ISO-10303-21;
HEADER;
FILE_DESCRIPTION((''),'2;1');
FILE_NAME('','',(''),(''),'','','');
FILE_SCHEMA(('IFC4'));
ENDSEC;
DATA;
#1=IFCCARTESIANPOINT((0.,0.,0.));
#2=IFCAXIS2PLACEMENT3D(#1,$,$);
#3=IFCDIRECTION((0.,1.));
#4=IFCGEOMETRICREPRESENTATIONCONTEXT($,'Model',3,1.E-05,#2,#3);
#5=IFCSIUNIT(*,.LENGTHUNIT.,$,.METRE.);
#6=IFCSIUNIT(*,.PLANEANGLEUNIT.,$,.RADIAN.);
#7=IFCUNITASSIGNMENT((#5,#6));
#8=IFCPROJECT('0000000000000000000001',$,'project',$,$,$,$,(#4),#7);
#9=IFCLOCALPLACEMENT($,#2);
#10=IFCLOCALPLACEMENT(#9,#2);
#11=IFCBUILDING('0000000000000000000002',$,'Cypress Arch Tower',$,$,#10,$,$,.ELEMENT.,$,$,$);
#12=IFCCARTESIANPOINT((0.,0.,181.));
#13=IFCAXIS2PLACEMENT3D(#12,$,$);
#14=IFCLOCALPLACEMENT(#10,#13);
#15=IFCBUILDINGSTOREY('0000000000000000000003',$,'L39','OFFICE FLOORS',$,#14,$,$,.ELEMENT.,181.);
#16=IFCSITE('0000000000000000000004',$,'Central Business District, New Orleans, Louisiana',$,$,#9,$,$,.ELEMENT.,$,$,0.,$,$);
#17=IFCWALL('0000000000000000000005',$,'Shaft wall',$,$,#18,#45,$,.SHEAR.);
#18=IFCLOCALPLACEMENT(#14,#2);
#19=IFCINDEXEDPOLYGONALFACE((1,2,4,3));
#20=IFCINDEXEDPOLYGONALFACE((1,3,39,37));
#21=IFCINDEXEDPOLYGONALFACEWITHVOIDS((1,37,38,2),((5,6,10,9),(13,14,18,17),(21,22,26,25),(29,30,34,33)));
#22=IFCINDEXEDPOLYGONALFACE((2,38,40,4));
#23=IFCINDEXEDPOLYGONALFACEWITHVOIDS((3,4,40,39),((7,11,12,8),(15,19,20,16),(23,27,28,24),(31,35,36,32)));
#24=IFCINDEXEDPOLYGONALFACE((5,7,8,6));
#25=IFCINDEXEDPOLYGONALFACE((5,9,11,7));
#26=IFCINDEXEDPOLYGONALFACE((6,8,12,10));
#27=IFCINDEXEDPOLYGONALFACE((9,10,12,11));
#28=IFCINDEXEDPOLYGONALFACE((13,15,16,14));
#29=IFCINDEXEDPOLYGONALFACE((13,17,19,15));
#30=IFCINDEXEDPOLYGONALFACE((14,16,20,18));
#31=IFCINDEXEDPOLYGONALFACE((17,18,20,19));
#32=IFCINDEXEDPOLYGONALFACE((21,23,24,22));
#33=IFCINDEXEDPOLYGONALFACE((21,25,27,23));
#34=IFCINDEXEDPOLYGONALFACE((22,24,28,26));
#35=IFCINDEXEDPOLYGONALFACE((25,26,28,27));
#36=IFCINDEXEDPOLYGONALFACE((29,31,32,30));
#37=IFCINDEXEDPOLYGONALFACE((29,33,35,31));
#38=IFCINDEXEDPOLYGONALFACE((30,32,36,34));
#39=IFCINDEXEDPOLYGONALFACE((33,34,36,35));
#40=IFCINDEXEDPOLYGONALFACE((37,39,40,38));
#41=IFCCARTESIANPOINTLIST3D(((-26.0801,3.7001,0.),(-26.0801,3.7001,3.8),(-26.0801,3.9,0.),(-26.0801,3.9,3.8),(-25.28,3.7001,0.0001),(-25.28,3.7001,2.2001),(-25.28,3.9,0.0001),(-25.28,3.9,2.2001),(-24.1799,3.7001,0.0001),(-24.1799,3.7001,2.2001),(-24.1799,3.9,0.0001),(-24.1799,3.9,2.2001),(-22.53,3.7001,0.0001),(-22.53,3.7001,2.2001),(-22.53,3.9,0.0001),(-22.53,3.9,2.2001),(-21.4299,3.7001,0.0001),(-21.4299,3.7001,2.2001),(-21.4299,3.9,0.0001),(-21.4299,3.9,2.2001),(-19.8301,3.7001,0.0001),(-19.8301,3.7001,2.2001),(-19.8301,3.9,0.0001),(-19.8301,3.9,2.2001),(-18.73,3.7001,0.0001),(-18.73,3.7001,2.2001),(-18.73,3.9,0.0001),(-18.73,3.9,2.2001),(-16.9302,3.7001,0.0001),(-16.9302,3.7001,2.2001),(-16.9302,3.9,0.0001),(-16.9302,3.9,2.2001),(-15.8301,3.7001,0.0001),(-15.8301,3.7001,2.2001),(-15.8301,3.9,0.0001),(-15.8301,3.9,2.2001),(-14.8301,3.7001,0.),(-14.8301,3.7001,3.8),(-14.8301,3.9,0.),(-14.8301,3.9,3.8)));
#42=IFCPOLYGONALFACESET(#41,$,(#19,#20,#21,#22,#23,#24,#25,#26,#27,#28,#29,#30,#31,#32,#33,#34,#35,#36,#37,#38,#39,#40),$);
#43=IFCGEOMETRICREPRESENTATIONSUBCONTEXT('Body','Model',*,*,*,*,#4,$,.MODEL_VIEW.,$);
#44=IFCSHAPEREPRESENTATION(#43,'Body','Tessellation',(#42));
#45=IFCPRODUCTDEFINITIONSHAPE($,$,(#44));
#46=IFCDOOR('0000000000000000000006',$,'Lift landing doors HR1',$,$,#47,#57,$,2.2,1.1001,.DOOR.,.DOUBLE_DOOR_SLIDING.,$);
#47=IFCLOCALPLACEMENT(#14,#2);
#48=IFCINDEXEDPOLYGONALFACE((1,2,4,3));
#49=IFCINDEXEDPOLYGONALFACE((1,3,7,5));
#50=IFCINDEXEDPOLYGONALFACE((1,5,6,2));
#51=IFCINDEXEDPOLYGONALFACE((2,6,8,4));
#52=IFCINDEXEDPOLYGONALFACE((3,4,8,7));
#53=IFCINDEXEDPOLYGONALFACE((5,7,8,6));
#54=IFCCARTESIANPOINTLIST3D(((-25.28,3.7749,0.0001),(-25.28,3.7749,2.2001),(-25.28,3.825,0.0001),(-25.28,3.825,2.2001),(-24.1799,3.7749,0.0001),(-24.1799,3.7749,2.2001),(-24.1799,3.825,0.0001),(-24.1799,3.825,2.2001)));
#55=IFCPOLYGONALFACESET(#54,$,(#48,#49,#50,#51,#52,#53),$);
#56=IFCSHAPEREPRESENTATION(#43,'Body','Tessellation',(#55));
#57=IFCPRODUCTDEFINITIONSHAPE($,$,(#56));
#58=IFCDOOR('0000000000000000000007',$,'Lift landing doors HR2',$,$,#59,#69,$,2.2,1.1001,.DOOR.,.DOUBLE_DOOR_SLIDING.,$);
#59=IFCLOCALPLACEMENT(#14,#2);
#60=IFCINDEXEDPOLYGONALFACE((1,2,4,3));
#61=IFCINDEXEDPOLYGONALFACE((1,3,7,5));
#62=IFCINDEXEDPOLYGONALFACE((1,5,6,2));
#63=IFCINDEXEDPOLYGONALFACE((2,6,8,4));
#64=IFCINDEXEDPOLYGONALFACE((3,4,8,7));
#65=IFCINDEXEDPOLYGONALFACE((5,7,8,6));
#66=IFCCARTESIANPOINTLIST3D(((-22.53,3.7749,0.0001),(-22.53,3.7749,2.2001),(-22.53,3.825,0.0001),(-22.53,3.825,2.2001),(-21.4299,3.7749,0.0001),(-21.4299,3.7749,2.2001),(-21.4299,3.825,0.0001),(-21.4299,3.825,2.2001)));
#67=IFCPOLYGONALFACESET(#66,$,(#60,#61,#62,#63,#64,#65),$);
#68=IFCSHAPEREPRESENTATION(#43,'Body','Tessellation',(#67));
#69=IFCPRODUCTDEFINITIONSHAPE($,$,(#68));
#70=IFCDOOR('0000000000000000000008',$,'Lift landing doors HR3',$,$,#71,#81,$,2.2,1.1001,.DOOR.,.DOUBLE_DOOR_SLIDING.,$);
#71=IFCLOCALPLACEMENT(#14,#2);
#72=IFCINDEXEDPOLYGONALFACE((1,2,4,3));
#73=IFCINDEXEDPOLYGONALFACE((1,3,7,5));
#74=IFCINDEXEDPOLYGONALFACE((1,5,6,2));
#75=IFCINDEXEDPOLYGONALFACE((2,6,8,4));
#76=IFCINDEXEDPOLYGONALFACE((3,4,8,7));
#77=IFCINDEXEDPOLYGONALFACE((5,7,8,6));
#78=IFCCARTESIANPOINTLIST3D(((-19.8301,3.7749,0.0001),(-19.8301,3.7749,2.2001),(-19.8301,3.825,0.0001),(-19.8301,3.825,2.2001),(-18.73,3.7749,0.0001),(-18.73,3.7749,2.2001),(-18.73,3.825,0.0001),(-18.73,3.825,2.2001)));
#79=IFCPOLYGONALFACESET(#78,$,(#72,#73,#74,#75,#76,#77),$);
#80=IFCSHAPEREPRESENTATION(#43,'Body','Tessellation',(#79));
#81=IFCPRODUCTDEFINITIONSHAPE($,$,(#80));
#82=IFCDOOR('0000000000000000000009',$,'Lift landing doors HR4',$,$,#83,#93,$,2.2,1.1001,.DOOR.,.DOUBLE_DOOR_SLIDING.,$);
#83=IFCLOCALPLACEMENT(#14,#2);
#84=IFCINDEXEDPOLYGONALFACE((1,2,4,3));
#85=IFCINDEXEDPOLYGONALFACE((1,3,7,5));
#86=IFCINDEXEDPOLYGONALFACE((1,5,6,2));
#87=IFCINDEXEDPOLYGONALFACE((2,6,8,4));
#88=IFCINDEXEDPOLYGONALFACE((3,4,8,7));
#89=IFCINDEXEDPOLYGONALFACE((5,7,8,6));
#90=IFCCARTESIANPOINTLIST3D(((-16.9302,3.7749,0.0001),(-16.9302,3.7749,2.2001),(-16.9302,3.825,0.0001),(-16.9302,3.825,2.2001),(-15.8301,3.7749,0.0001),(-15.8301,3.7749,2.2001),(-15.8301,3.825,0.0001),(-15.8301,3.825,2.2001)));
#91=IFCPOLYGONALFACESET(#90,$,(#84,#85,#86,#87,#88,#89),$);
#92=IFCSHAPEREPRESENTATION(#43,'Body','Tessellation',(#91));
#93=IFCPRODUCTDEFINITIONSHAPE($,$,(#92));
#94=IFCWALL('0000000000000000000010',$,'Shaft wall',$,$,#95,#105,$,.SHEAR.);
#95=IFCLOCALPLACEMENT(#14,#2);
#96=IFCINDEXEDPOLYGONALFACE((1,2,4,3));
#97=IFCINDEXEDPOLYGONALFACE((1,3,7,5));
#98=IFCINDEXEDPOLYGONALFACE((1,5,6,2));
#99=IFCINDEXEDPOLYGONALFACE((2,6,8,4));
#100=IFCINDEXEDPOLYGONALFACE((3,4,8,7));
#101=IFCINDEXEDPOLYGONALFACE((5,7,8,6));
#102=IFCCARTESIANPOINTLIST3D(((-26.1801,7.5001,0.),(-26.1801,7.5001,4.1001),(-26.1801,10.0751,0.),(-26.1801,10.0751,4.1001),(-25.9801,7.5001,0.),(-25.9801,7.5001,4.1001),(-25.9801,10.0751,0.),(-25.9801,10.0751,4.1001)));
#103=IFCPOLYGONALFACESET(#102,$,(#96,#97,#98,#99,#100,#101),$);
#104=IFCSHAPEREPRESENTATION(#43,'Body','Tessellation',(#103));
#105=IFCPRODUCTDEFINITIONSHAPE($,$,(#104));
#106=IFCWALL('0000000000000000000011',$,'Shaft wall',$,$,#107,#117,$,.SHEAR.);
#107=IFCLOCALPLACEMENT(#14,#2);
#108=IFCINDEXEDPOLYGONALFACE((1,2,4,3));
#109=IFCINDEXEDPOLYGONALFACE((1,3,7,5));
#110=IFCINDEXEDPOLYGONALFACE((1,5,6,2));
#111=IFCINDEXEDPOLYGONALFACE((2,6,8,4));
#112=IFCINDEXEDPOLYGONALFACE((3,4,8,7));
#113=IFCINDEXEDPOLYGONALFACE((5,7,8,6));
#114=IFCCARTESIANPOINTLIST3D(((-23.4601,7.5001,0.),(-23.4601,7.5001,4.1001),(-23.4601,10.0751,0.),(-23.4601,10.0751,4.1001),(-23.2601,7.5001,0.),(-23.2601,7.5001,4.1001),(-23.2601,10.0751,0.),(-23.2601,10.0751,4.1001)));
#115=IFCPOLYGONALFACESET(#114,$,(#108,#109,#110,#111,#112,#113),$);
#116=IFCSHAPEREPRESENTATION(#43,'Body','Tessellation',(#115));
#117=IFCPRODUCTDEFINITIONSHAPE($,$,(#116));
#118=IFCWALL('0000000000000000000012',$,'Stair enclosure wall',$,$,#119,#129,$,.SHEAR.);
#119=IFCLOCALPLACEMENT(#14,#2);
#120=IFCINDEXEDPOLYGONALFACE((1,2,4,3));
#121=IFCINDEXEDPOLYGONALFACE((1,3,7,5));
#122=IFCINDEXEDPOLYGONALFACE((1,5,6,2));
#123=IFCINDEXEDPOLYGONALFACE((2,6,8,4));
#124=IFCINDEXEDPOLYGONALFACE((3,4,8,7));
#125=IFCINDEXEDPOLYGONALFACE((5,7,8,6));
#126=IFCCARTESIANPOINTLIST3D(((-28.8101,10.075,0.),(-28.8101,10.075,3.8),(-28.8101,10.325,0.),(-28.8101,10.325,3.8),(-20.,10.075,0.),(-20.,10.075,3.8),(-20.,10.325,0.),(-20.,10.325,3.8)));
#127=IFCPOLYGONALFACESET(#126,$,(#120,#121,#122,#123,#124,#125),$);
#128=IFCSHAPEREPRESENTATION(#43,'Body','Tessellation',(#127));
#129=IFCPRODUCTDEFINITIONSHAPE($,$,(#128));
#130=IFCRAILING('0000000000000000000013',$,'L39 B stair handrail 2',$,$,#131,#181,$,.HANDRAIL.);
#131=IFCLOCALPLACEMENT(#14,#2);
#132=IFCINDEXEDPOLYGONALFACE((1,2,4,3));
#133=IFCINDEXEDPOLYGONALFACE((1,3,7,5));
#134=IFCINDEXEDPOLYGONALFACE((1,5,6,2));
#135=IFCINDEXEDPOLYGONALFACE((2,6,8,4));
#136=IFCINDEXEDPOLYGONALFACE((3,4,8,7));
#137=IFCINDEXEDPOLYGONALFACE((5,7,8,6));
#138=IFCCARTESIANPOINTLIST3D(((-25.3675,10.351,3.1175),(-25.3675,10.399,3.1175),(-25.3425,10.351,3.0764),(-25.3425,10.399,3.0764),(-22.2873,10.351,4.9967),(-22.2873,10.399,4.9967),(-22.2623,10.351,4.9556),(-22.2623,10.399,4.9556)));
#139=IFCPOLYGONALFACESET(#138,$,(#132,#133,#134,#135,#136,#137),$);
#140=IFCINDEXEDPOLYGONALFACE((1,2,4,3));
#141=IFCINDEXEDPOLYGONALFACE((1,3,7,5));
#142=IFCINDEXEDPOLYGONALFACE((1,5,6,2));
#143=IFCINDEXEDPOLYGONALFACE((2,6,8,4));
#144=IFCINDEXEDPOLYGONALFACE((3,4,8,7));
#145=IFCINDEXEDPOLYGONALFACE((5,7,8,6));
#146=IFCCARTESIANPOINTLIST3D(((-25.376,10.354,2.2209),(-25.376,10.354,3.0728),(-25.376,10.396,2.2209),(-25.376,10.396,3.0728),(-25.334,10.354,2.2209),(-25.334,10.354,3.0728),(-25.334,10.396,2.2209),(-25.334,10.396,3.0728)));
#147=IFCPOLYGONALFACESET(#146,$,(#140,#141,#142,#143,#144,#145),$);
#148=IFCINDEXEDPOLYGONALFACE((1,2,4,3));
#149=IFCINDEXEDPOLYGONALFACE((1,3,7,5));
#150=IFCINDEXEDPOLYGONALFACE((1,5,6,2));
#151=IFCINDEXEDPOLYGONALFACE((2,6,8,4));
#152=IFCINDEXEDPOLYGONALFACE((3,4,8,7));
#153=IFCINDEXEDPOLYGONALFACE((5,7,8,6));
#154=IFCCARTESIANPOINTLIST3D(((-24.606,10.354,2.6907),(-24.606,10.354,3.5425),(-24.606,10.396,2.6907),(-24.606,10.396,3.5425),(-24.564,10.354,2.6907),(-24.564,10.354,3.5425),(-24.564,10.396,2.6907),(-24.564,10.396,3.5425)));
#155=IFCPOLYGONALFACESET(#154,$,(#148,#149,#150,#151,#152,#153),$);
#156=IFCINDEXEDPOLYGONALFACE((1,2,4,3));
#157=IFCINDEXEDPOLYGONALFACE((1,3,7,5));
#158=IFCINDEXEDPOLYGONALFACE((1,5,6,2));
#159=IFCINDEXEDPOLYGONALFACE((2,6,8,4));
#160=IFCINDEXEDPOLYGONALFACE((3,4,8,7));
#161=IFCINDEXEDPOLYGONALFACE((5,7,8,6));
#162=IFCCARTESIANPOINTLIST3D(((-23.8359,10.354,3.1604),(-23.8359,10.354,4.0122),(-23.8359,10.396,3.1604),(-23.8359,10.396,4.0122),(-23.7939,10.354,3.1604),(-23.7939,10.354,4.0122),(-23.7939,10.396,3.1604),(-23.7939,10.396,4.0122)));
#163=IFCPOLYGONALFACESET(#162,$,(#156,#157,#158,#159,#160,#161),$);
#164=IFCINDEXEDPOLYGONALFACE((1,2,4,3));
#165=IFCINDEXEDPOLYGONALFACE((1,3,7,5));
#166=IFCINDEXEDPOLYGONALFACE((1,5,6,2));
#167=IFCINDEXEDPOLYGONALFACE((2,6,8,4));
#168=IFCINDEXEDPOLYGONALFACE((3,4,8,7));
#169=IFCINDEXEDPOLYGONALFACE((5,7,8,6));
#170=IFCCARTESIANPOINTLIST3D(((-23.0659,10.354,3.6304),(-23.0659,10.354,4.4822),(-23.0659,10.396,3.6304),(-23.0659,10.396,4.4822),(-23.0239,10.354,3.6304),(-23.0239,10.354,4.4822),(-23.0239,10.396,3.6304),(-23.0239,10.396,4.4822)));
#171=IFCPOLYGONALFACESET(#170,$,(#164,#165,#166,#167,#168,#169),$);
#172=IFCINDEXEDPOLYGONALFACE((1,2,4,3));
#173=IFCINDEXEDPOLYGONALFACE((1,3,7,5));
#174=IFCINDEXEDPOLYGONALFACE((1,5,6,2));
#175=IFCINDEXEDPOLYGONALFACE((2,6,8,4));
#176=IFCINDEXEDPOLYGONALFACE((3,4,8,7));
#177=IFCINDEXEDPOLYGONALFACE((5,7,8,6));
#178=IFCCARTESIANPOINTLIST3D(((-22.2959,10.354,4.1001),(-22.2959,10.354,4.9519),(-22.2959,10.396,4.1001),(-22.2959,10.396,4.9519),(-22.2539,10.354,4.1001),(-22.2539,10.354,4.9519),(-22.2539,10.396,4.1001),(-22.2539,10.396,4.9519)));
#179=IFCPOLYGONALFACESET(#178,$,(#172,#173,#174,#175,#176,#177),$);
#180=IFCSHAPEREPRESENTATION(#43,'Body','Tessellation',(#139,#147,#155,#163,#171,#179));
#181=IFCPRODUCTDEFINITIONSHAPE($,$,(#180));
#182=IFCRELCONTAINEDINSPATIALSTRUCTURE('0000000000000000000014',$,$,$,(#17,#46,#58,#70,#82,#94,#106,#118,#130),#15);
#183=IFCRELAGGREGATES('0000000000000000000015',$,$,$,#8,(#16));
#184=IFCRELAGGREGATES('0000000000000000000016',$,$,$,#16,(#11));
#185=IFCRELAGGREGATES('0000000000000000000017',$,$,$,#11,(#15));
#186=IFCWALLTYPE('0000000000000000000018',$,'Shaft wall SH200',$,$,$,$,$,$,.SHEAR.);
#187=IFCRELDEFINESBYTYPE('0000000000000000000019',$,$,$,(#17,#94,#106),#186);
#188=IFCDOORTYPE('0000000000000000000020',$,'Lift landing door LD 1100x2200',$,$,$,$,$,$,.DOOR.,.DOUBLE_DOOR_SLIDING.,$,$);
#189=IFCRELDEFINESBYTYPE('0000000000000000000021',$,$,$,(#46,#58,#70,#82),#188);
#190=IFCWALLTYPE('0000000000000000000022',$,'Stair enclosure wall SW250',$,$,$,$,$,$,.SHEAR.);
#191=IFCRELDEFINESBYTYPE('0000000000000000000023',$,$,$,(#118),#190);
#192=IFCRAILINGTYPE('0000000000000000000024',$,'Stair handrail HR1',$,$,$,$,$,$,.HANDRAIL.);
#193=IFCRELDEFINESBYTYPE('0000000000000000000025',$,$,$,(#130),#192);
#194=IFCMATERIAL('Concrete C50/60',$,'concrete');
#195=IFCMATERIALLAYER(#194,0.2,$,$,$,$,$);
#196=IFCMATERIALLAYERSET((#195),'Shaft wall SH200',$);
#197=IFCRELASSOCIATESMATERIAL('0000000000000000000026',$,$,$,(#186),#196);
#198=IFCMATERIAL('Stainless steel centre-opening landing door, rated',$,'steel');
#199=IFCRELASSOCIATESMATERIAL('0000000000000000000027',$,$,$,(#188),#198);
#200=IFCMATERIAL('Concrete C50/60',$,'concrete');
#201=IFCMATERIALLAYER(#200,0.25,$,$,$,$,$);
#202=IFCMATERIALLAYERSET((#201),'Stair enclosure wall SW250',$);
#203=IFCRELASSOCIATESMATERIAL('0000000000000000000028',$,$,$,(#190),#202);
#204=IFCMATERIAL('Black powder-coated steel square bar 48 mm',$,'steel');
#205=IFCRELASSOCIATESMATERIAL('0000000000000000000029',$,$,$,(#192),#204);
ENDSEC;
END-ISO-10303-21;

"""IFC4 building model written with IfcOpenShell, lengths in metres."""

from ifc_helpers import new_model, si_unit, direction, frame, frame_2d, origin, origin_2d, place, context, subcontext, project, spatial, rectangle, extrude, material, layer, layer_set, type_object, element, fill, save


model = new_model("IFC4")

# Units and contexts
model_context = context("Model", 3, precision=1e-05, world=origin(), true_north=direction((0.0, 1.0)))
body_context = subcontext(model_context, "Body", "Model", "MODEL_VIEW")
ifc_project = project(units=[si_unit("LENGTHUNIT", "METRE"), si_unit("PLANEANGLEUNIT", "RADIAN")], contexts=[model_context])

# Site, building, storey
site_placement = place(None, origin())
site = spatial("IfcSite", under=ifc_project, at=site_placement, Name="Central Business District, New Orleans, Louisiana", CompositionType="ELEMENT", RefElevation=0.0)
building_placement = place(site_placement, origin())
building = spatial("IfcBuilding", under=site, at=building_placement, Name="Cypress Arch Tower", CompositionType="ELEMENT")
storey_placement = place(building_placement, frame((0.0, 0.0, 181.0)))
storey = spatial("IfcBuildingStorey", under=building, at=storey_placement, Name="L39", Description="OFFICE FLOORS", CompositionType="ELEMENT", Elevation=181.0)

# Wall, openings, doors
ifc_material_1 = material(Name="Concrete C50/60", Category="concrete")
ifc_layer_1 = layer(ifc_material_1, 0.2)
ifc_layer_set_1 = layer_set([ifc_layer_1], Name="Shaft wall SH200")
wall_type_1 = type_object("IfcWallType", Name="Shaft wall SH200", PredefinedType="SHEAR", material=ifc_layer_set_1)
ifc_material_2 = material(Name="Stainless steel centre-opening landing door, rated", Category="steel")
door_type_1 = type_object("IfcDoorType", Name="Lift landing door LD 1100x2200", OperationType="DOUBLE_DOOR_SLIDING", PredefinedType="DOOR", material=ifc_material_2)
wall_1_placement = place(storey_placement, frame((-26.0801, 3.8, 0.0), z_axis=(0.0, 0.0, 1.0), x_axis=(1.0, 0.0, 0.0)))
wall_1 = element("IfcWall", 1, at=wall_1_placement, inside=storey, type_object=wall_type_1, Name="Shaft wall", PredefinedType="SHEAR", context=body_context, shape_type="SweptSolid", body=[
    extrude(rectangle(XDim=11.25, YDim=0.2, at=frame_2d((5.625, 0.0))), origin(), (0.0, 0.0, 1.0), 3.8),
])
opening_1_placement = place(wall_1_placement, frame((0.8, 0.0, 0.0)))
opening_1 = element("IfcOpeningElement", 2, at=opening_1_placement, cuts=wall_1, PredefinedType="OPENING", context=body_context, shape_type="SweptSolid", body=[
    extrude(rectangle(XDim=1.1001, YDim=2.2, at=frame_2d((0.55, 1.1001))), frame((0.0, 0.1099, 0.0), z_axis=(0.0, -1.0, 0.0), x_axis=(1.0, 0.0, 0.0)), (0.0, 0.0, 1.0), 0.22),
])
opening_2_placement = place(wall_1_placement, frame((3.55, 0.0, 0.0)))
opening_2 = element("IfcOpeningElement", 3, at=opening_2_placement, cuts=wall_1, PredefinedType="OPENING", context=body_context, shape_type="SweptSolid", body=[
    extrude(rectangle(XDim=1.1001, YDim=2.2, at=frame_2d((0.55, 1.1001))), frame((0.0, 0.1099, 0.0), z_axis=(0.0, -1.0, 0.0), x_axis=(1.0, 0.0, 0.0)), (0.0, 0.0, 1.0), 0.22),
])
opening_3_placement = place(wall_1_placement, frame((6.25, 0.0, 0.0)))
opening_3 = element("IfcOpeningElement", 4, at=opening_3_placement, cuts=wall_1, PredefinedType="OPENING", context=body_context, shape_type="SweptSolid", body=[
    extrude(rectangle(XDim=1.1001, YDim=2.2, at=frame_2d((0.55, 1.1001))), frame((0.0, 0.1099, 0.0), z_axis=(0.0, -1.0, 0.0), x_axis=(1.0, 0.0, 0.0)), (0.0, 0.0, 1.0), 0.22),
])
opening_4_placement = place(wall_1_placement, frame((9.1499, 0.0, 0.0)))
opening_4 = element("IfcOpeningElement", 5, at=opening_4_placement, cuts=wall_1, PredefinedType="OPENING", context=body_context, shape_type="SweptSolid", body=[
    extrude(rectangle(XDim=1.1001, YDim=2.2, at=frame_2d((0.55, 1.1001))), frame((0.0, 0.1099, 0.0), z_axis=(0.0, -1.0, 0.0), x_axis=(1.0, 0.0, 0.0)), (0.0, 0.0, 1.0), 0.22),
])
door_1_placement = place(opening_1_placement, origin())
door_1 = element("IfcDoor", 6, at=door_1_placement, inside=storey, type_object=door_type_1, Name="Lift landing doors HR1", OperationType="DOUBLE_DOOR_SLIDING", OverallHeight=2.2, OverallWidth=1.1001, PredefinedType="DOOR", context=body_context, shape_type="SweptSolid", body=[
    extrude(rectangle(XDim=1.1001, YDim=2.2, at=frame_2d((0.55, 1.1001))), frame((0.0, 0.0249, 0.0), z_axis=(0.0, -1.0, 0.0), x_axis=(1.0, 0.0, 0.0)), (0.0, 0.0, 1.0), 0.05),
])
fill(opening_1, door_1)
door_2_placement = place(opening_2_placement, origin())
door_2 = element("IfcDoor", 7, at=door_2_placement, inside=storey, type_object=door_type_1, Name="Lift landing doors HR2", OperationType="DOUBLE_DOOR_SLIDING", OverallHeight=2.2, OverallWidth=1.1001, PredefinedType="DOOR", context=body_context, shape_type="SweptSolid", body=[
    extrude(rectangle(XDim=1.1001, YDim=2.2, at=frame_2d((0.55, 1.1001))), frame((0.0, 0.0249, 0.0), z_axis=(0.0, -1.0, 0.0), x_axis=(1.0, 0.0, 0.0)), (0.0, 0.0, 1.0), 0.05),
])
fill(opening_2, door_2)
door_3_placement = place(opening_3_placement, origin())
door_3 = element("IfcDoor", 8, at=door_3_placement, inside=storey, type_object=door_type_1, Name="Lift landing doors HR3", OperationType="DOUBLE_DOOR_SLIDING", OverallHeight=2.2, OverallWidth=1.1001, PredefinedType="DOOR", context=body_context, shape_type="SweptSolid", body=[
    extrude(rectangle(XDim=1.1001, YDim=2.2, at=frame_2d((0.55, 1.1001))), frame((0.0, 0.0249, 0.0), z_axis=(0.0, -1.0, 0.0), x_axis=(1.0, 0.0, 0.0)), (0.0, 0.0, 1.0), 0.05),
])
fill(opening_3, door_3)
door_4_placement = place(opening_4_placement, origin())
door_4 = element("IfcDoor", 9, at=door_4_placement, inside=storey, type_object=door_type_1, Name="Lift landing doors HR4", OperationType="DOUBLE_DOOR_SLIDING", OverallHeight=2.2, OverallWidth=1.1001, PredefinedType="DOOR", context=body_context, shape_type="SweptSolid", body=[
    extrude(rectangle(XDim=1.1001, YDim=2.2, at=frame_2d((0.55, 1.1001))), frame((0.0, 0.0249, 0.0), z_axis=(0.0, -1.0, 0.0), x_axis=(1.0, 0.0, 0.0)), (0.0, 0.0, 1.0), 0.05),
])
fill(opening_4, door_4)

# Walls
for number, where, z_axis, x_axis, name in (
    (10, (-26.0801, 7.5, 0.0), (0.0, 0.0, 1.0), (0.0, 1.0, 0.0), "Shaft wall"),
    (11, (-23.3601, 7.5, 0.0), (0.0, 0.0, 1.0), (0.0, 1.0, 0.0), "Shaft wall"),
):
    element("IfcWall", number, at=place(storey_placement, frame(where, z_axis=z_axis, x_axis=x_axis)), inside=storey, type_object=wall_type_1, Name=name, PredefinedType="SHEAR", context=body_context, shape_type="SweptSolid", body=[
        extrude(rectangle(XDim=2.575, YDim=0.2, at=frame_2d((1.2876, 0.0))), origin(), (0.0, 0.0, 1.0), 4.1001),
    ])
ifc_material_3 = material(Name="Concrete C50/60", Category="concrete")
ifc_layer_2 = layer(ifc_material_3, 0.25)
ifc_layer_set_2 = layer_set([ifc_layer_2], Name="Stair enclosure wall SW250")
wall_type_2 = type_object("IfcWallType", Name="Stair enclosure wall SW250", PredefinedType="SHEAR", material=ifc_layer_set_2)
wall_2_placement = place(storey_placement, frame((-28.8101, 10.2, 0.0), z_axis=(0.0, 0.0, 1.0), x_axis=(1.0, 0.0, 0.0)))
element("IfcWall", 12, at=wall_2_placement, inside=storey, type_object=wall_type_2, Name="Stair enclosure wall", PredefinedType="SHEAR", context=body_context, shape_type="SweptSolid", body=[
    extrude(rectangle(XDim=8.8101, YDim=0.25, at=frame_2d((4.405, 0.0))), origin(), (0.0, 0.0, 1.0), 3.8),
])

# Railing
ifc_material_4 = material(Name="Black powder-coated steel square bar 48 mm", Category="steel")
railing_type_1 = type_object("IfcRailingType", Name="Stair handrail HR1", PredefinedType="HANDRAIL", material=ifc_material_4)
railing_1_placement = place(storey_placement, frame((-25.355, 10.375, 2.2209)))
element("IfcRailing", 13, at=railing_1_placement, inside=storey, type_object=railing_type_1, Name="L39 B stair handrail 2", PredefinedType="HANDRAIL", context=body_context, shape_type="SweptSolid", body=[
    extrude(rectangle(XDim=0.0481, YDim=0.0481, at=origin_2d()), frame((0.0, 0.0, 0.876), z_axis=(0.853666, 0.0, 0.52082), x_axis=(0.0, 1.0, 0.0)), (0.0, 0.0, 1.0), 3.6082),
    extrude(rectangle(XDim=0.042, YDim=0.042, at=origin_2d()), origin(), (0.0, 0.0, 1.0), 0.8518),
    extrude(rectangle(XDim=0.042, YDim=0.042, at=origin_2d()), frame((0.77, 0.0, 0.4697)), (0.0, 0.0, 1.0), 0.8518),
    extrude(rectangle(XDim=0.042, YDim=0.042, at=origin_2d()), frame((1.54, 0.0, 0.9395)), (0.0, 0.0, 1.0), 0.8518),
    extrude(rectangle(XDim=0.042, YDim=0.042, at=origin_2d()), frame((2.3101, 0.0, 1.4094)), (0.0, 0.0, 1.0), 0.8518),
    extrude(rectangle(XDim=0.042, YDim=0.042, at=origin_2d()), frame((3.0801, 0.0, 1.8792)), (0.0, 0.0, 1.0), 0.8518),
])

save(model, "model.ifc")
